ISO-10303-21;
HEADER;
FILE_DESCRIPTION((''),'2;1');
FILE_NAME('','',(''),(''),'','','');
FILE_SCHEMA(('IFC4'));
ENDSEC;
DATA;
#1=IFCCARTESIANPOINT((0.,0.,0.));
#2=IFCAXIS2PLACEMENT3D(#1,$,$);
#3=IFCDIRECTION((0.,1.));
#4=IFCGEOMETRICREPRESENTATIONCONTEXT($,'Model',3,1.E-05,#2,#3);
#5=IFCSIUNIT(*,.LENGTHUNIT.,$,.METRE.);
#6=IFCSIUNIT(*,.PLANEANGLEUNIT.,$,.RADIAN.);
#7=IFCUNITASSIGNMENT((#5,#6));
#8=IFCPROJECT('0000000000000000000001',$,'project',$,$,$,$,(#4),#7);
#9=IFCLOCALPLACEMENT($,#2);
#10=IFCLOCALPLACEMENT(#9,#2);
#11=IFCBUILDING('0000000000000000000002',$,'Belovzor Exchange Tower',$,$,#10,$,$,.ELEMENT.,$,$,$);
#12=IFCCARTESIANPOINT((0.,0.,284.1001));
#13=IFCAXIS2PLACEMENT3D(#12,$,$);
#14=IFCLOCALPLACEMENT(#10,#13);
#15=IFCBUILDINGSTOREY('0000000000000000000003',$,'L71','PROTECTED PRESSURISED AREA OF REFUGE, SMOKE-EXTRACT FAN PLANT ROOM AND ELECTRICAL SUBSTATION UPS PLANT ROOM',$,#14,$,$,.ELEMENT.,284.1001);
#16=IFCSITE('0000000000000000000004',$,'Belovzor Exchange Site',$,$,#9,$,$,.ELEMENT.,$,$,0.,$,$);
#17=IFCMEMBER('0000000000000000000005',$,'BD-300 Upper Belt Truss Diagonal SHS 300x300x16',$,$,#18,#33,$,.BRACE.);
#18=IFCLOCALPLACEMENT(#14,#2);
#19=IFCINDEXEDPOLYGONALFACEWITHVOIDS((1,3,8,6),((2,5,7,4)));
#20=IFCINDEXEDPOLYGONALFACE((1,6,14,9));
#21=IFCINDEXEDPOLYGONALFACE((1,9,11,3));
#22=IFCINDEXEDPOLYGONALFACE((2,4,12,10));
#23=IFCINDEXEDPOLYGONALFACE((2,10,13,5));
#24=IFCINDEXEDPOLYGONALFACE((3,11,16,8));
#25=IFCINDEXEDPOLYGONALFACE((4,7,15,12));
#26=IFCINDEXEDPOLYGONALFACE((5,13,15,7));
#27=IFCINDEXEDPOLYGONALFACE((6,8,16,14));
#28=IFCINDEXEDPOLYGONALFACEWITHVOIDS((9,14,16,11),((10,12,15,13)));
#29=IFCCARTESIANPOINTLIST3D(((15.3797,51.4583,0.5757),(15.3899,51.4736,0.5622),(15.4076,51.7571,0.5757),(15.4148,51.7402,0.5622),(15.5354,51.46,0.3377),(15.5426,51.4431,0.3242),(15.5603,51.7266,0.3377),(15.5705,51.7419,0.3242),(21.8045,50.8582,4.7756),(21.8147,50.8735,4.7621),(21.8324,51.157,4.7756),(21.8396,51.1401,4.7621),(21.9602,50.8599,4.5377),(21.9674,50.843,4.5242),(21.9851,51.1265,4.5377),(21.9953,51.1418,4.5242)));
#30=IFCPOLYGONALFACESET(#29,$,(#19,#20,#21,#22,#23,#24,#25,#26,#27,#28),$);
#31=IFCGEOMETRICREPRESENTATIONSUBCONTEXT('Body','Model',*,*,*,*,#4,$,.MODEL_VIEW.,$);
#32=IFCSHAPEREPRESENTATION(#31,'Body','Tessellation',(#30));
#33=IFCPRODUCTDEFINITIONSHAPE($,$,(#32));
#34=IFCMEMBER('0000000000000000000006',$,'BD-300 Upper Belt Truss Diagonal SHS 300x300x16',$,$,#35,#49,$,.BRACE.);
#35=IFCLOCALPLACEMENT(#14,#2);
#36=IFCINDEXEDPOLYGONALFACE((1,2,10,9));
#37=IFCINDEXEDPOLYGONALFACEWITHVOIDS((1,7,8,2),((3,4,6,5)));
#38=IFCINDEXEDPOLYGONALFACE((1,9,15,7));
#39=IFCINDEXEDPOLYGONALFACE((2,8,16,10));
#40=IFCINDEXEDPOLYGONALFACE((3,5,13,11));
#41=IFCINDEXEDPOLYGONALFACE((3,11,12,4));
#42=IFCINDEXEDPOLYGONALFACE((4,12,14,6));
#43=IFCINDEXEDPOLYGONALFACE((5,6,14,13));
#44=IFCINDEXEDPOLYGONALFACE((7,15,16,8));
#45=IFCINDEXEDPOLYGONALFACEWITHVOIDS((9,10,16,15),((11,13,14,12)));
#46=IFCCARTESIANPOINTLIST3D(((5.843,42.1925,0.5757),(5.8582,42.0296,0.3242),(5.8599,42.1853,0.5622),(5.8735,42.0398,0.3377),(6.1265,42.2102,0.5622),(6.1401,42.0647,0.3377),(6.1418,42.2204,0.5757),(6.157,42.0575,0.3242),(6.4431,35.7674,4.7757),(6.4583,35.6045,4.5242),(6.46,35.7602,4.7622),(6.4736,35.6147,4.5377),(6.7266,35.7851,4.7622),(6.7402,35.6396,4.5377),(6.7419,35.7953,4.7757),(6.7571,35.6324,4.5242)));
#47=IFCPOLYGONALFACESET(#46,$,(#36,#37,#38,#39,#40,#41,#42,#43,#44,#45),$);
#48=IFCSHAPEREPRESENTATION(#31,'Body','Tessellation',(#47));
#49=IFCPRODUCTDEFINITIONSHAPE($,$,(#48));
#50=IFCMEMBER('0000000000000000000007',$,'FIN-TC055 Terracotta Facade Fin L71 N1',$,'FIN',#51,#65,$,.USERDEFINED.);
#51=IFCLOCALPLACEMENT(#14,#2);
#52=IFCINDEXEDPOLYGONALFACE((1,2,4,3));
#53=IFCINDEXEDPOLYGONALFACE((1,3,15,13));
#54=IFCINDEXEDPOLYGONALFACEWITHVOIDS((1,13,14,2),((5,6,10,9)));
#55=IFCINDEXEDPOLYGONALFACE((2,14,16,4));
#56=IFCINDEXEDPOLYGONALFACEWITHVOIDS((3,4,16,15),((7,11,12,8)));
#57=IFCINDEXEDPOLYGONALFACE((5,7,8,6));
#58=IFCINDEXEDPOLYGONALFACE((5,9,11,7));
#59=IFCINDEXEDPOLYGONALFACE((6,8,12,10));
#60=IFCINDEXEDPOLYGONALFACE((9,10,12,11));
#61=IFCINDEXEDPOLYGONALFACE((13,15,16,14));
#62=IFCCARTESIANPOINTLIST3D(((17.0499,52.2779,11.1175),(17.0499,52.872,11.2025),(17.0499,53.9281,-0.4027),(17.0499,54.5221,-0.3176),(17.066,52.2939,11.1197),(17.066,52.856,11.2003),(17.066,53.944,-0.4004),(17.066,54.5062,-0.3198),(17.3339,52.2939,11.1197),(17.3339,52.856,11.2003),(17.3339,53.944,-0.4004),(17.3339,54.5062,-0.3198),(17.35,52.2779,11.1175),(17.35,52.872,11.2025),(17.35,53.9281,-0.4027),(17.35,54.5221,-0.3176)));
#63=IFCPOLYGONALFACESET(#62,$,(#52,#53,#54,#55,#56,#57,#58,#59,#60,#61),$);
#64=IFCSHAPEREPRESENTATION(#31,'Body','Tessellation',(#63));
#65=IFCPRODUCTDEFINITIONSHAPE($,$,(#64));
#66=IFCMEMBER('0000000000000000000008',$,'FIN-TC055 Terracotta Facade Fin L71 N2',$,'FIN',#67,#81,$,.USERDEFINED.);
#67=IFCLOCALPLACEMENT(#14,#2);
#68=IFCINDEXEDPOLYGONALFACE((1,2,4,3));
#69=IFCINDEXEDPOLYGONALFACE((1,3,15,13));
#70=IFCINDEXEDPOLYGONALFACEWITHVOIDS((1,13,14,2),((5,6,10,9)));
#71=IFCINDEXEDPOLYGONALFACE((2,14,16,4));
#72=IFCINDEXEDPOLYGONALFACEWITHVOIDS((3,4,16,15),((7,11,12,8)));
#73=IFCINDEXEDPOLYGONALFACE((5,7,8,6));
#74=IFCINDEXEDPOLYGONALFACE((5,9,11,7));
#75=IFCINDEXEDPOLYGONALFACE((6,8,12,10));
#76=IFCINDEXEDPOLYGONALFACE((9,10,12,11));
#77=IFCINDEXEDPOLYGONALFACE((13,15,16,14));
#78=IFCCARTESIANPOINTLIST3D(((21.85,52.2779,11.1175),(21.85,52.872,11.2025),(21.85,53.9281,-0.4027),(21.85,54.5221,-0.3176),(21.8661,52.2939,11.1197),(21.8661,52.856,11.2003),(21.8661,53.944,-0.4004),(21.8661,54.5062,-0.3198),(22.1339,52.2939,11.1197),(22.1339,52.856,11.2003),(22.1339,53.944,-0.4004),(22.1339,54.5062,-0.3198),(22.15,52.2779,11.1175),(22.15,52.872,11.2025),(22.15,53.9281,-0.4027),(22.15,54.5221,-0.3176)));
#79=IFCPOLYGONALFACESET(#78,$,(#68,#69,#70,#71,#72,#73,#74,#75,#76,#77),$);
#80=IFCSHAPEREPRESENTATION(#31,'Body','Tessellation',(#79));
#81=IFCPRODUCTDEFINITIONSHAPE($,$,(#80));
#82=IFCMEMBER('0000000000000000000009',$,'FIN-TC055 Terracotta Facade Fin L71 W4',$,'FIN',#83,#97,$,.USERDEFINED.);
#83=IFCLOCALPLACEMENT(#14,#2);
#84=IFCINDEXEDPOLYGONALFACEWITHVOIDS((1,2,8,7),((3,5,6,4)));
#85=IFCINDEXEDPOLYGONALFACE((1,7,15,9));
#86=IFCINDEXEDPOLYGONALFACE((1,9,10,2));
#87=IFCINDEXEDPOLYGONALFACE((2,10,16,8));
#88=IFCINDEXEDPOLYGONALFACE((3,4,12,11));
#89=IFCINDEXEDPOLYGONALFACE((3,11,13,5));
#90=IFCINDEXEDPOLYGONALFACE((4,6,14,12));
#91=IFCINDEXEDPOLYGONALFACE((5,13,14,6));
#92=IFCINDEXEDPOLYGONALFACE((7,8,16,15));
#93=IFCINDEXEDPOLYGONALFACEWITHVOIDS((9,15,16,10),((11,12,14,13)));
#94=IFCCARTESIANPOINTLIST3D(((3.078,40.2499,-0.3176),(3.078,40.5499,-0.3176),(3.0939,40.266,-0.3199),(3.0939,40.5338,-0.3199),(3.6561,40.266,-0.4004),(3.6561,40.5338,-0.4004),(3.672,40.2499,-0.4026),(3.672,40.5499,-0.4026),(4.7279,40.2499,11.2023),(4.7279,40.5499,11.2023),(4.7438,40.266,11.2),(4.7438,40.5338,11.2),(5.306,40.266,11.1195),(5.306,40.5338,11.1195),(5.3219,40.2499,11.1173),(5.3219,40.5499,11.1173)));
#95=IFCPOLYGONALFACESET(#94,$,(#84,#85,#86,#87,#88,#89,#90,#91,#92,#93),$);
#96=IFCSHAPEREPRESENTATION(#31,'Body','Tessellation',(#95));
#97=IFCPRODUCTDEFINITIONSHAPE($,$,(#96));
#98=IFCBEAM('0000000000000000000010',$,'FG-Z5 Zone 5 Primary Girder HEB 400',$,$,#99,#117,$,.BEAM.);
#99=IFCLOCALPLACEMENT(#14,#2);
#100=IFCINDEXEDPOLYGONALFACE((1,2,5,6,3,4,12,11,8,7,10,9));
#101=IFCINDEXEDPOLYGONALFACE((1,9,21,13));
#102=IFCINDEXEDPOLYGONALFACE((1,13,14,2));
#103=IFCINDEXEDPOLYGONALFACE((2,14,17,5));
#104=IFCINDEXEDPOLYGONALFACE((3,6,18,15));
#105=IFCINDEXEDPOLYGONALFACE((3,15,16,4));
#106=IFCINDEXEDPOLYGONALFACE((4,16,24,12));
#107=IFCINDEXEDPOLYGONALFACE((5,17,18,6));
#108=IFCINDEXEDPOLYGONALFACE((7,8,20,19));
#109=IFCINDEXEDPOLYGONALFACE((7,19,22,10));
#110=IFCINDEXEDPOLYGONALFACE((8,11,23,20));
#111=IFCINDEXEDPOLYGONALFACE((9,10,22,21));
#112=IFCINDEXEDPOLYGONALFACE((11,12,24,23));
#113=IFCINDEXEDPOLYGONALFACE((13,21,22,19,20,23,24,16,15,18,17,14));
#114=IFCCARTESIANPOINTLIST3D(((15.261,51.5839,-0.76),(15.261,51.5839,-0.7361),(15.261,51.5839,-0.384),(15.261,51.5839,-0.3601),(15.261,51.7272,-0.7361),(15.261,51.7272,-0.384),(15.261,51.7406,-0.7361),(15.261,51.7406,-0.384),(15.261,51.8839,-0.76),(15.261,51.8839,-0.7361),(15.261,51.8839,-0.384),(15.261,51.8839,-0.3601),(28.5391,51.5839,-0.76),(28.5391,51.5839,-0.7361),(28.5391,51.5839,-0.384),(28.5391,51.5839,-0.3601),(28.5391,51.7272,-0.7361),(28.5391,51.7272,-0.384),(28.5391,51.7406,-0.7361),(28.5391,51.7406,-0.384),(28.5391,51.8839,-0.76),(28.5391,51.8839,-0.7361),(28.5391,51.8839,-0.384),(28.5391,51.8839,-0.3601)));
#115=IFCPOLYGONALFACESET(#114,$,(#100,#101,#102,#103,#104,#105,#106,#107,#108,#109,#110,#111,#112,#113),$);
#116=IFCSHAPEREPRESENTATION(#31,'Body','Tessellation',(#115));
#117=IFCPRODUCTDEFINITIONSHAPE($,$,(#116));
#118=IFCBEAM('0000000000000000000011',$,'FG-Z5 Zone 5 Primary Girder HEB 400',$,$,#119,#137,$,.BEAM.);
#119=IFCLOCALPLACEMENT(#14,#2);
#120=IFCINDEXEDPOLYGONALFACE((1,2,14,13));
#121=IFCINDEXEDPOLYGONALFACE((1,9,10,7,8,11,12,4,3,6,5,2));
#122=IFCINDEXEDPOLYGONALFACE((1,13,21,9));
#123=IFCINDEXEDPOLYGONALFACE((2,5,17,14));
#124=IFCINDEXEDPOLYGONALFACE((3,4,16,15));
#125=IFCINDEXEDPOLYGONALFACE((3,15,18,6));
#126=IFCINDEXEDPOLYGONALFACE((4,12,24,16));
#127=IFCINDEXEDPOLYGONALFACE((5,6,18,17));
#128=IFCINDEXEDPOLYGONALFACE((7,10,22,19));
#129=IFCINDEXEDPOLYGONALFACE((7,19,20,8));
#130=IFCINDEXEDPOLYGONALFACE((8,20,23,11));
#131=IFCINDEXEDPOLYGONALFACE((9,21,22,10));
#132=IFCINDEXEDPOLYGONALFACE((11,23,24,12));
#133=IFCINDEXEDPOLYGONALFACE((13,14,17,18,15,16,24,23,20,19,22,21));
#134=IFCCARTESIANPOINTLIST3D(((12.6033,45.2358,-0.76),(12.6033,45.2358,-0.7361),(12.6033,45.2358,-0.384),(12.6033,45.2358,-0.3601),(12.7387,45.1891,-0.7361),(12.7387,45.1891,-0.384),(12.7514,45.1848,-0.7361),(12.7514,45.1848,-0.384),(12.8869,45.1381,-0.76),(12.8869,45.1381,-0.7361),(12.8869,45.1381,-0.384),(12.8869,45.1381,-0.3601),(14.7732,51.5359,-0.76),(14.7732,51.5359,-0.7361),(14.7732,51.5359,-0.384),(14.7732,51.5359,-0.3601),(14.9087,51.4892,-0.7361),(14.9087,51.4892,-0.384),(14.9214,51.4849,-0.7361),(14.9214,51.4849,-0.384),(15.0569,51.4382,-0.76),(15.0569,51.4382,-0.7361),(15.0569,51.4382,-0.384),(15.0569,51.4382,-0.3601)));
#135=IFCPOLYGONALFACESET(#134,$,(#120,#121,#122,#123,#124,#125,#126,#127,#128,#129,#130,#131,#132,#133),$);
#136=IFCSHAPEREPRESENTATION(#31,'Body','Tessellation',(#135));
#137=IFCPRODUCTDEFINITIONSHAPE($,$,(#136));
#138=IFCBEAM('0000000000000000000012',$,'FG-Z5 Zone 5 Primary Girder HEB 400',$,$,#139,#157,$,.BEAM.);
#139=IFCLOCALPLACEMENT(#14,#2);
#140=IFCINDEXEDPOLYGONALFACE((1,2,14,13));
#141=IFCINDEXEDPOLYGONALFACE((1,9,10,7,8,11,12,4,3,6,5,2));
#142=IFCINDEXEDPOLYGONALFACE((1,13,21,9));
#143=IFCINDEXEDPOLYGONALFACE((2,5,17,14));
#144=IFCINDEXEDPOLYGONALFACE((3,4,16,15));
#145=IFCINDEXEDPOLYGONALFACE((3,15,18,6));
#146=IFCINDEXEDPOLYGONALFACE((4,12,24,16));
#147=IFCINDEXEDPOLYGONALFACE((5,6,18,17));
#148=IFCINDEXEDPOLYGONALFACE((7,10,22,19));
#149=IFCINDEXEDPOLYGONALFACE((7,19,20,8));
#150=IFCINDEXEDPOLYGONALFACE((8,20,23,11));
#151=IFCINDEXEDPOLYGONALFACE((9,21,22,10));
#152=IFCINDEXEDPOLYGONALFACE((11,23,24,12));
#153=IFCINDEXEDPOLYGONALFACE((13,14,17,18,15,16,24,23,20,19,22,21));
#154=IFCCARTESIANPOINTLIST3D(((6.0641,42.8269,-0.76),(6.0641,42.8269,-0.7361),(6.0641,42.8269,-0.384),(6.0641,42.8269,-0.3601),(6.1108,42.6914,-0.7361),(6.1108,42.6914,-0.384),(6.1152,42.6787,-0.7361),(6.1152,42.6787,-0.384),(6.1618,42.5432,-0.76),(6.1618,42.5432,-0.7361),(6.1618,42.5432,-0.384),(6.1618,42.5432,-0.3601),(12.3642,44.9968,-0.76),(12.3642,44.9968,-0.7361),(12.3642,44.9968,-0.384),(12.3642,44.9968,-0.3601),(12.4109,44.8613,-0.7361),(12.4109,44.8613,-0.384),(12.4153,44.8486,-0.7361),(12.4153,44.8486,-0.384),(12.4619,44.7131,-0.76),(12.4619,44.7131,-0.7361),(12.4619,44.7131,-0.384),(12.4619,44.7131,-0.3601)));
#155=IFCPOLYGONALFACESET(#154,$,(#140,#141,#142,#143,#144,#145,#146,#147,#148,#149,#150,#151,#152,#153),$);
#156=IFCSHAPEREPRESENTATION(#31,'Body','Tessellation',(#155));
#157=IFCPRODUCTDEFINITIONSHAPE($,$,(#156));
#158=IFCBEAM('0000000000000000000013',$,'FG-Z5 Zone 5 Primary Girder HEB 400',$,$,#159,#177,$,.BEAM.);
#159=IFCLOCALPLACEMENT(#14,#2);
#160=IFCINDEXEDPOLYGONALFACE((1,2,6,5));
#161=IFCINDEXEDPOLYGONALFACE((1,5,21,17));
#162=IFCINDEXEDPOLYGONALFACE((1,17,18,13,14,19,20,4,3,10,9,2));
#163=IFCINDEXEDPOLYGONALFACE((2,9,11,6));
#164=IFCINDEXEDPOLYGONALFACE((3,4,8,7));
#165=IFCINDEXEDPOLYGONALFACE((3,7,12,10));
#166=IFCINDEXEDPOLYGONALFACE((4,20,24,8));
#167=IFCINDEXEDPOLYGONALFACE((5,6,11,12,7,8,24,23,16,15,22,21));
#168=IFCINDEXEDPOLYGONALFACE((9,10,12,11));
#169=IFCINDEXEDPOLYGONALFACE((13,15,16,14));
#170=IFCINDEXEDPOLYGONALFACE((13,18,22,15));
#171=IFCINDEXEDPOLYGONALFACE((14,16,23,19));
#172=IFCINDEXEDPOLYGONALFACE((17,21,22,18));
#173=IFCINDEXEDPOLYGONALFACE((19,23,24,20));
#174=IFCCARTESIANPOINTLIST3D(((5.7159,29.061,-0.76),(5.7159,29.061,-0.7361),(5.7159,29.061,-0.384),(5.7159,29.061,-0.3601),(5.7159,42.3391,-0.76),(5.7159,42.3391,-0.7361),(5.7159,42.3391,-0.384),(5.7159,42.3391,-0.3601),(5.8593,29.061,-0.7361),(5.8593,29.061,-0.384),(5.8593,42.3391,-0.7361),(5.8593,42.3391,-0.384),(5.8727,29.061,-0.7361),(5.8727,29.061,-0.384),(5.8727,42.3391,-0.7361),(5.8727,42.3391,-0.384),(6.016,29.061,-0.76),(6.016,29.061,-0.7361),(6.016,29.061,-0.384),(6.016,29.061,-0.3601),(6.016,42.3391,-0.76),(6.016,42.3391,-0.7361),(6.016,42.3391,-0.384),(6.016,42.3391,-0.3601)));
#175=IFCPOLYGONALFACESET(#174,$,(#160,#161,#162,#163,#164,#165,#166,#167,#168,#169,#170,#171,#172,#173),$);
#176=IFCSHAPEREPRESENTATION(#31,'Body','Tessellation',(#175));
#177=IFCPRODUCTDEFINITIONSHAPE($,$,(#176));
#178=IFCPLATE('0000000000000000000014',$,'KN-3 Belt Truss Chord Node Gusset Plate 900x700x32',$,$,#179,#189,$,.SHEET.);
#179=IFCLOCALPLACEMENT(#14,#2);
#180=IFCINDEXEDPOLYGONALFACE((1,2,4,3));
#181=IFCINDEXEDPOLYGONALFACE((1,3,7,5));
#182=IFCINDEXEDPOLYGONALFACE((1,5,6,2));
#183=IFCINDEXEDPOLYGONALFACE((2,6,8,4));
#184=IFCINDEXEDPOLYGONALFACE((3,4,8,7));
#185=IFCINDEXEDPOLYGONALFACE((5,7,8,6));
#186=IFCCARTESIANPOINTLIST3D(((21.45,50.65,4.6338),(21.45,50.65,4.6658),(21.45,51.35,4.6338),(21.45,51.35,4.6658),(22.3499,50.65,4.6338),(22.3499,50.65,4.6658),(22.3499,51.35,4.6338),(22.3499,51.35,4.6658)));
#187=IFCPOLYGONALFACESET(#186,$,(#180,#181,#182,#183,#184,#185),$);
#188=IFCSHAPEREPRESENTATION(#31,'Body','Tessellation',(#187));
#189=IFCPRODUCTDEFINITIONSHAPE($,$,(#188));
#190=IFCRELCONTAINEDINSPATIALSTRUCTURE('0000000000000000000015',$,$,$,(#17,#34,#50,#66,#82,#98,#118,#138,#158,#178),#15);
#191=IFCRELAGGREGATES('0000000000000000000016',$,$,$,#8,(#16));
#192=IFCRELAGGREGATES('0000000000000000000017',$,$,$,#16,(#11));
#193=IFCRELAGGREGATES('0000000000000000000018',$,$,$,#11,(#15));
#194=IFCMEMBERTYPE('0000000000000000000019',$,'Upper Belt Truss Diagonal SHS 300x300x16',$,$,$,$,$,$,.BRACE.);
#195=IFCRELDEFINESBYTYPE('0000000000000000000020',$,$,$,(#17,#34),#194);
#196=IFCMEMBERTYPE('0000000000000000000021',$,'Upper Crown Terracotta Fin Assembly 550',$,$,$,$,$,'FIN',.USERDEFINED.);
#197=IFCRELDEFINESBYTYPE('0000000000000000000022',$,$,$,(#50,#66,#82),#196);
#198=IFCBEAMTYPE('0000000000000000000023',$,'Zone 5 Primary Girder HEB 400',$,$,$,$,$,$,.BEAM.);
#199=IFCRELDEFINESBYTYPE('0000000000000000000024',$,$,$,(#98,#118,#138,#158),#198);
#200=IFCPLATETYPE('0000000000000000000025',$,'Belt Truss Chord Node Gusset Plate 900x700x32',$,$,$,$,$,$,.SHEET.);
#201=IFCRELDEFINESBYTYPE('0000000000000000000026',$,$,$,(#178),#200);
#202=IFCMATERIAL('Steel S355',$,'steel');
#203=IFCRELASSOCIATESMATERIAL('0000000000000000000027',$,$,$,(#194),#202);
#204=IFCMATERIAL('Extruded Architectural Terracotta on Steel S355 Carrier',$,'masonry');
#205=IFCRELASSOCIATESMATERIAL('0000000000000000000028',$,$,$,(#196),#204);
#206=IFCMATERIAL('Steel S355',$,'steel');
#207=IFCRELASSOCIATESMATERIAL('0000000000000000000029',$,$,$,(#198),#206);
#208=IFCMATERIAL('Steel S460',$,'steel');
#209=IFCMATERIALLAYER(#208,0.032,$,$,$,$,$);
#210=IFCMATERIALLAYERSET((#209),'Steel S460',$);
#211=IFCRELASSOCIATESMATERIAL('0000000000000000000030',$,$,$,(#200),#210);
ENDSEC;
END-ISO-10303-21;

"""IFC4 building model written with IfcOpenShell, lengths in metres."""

from ifc_helpers import new_model, si_unit, direction, frame, origin, origin_2d, place, context, subcontext, project, spatial, rectangle, hollow_rectangle, i_section, extrude, material, layer, layer_set, material_profile, profile_set, type_object, element, save


model = new_model("IFC4")

# Units and contexts
model_context = context("Model", 3, precision=1e-05, world=origin(), true_north=direction((0.0, 1.0)))
body_context = subcontext(model_context, "Body", "Model", "MODEL_VIEW")
ifc_project = project(units=[si_unit("LENGTHUNIT", "METRE"), si_unit("PLANEANGLEUNIT", "RADIAN")], contexts=[model_context])

# Site, building, storey
site_placement = place(None, origin())
site = spatial("IfcSite", under=ifc_project, at=site_placement, Name="Belovzor Exchange Site", CompositionType="ELEMENT", RefElevation=0.0)
building_placement = place(site_placement, origin())
building = spatial("IfcBuilding", under=site, at=building_placement, Name="Belovzor Exchange Tower", CompositionType="ELEMENT")
storey_placement = place(building_placement, frame((0.0, 0.0, 284.1001)))
storey = spatial("IfcBuildingStorey", under=building, at=storey_placement, Name="L71", Description="PROTECTED PRESSURISED AREA OF REFUGE, SMOKE-EXTRACT FAN PLANT ROOM AND ELECTRICAL SUBSTATION UPS PLANT ROOM", CompositionType="ELEMENT", Elevation=284.1001)

# Members
ifc_material_1 = material(Name="Steel S355", Category="steel")
ifc_material_profile_1 = material_profile(ifc_material_1, hollow_rectangle(XDim=0.3, YDim=0.3, WallThickness=0.0161, at=origin_2d()))
ifc_profile_set_1 = profile_set([ifc_material_profile_1], Name="Steel S355")
member_type_1 = type_object("IfcMemberType", Name="Upper Belt Truss Diagonal SHS 300x300x16", PredefinedType="BRACE", material=ifc_profile_set_1)
member_1_placement = place(storey_placement, frame((21.8999, 51.0, 4.6499), z_axis=(-0.834476, 0.077943, -0.545504), x_axis=(-0.092998, -0.995666, 0.0)))
element("IfcMember", 1, at=member_1_placement, inside=storey, type_object=member_type_1, Name="BD-300 Upper Belt Truss Diagonal SHS 300x300x16", PredefinedType="BRACE", context=body_context, shape_type="SweptSolid", body=[
    extrude(hollow_rectangle(XDim=0.3, YDim=0.3, WallThickness=0.0161, at=origin_2d()), origin(), (0.0, 0.0, 1.0), 7.6992),
])
member_2_placement = place(storey_placement, frame((6.0, 42.125, 0.45), z_axis=(0.077941, -0.834486, 0.54549), x_axis=(0.995667, 0.092995, 0.0)))
element("IfcMember", 2, at=member_2_placement, inside=storey, type_object=member_type_1, Name="BD-300 Upper Belt Truss Diagonal SHS 300x300x16", PredefinedType="BRACE", context=body_context, shape_type="SweptSolid", body=[
    extrude(hollow_rectangle(XDim=0.3, YDim=0.3, WallThickness=0.0161, at=origin_2d()), origin(), (0.0, 0.0, 1.0), 7.6995),
])
ifc_material_2 = material(Name="Extruded Architectural Terracotta on Steel S355 Carrier", Category="masonry")
ifc_material_profile_2 = material_profile(ifc_material_2, hollow_rectangle(XDim=0.3, YDim=0.6001, WallThickness=0.0161, at=origin_2d()))
ifc_profile_set_2 = profile_set([ifc_material_profile_2], Name="Extruded Architectural Terracotta on Steel S355 Carrier")
member_type_2 = type_object("IfcMemberType", Name="Upper Crown Terracotta Fin Assembly 550", ElementType="FIN", PredefinedType="USERDEFINED", material=ifc_profile_set_2)
for number, where, z_axis, x_axis, name in (
    (3, (17.2, 54.2251, -0.3601), (0.0, -0.141794, 0.989896), (1.0, 0.0, 0.0), "FIN-TC055 Terracotta Facade Fin L71 N1"),
    (4, (22.0, 54.2251, -0.3601), (0.0, -0.141794, 0.989896), (1.0, 0.0, 0.0), "FIN-TC055 Terracotta Facade Fin L71 N2"),
):
    element("IfcMember", number, at=place(storey_placement, frame(where, z_axis=z_axis, x_axis=x_axis)), inside=storey, type_object=member_type_2, Name=name, ObjectType="FIN", PredefinedType="USERDEFINED", context=body_context, shape_type="SweptSolid", body=[
        extrude(hollow_rectangle(XDim=0.3, YDim=0.6001, WallThickness=0.0161, at=origin_2d()), origin(), (0.0, 0.0, 1.0), 11.6377),
    ])
member_3_placement = place(storey_placement, frame((3.375, 40.3999, -0.3601), z_axis=(0.141774, 0.0, 0.989899), x_axis=(0.0, 1.0, 0.0)))
element("IfcMember", 5, at=member_3_placement, inside=storey, type_object=member_type_2, Name="FIN-TC055 Terracotta Facade Fin L71 W4", ObjectType="FIN", PredefinedType="USERDEFINED", context=body_context, shape_type="SweptSolid", body=[
    extrude(hollow_rectangle(XDim=0.3, YDim=0.6001, WallThickness=0.0161, at=origin_2d()), origin(), (0.0, 0.0, 1.0), 11.6375),
])

# Beams
ifc_material_3 = material(Name="Steel S355", Category="steel")
ifc_material_profile_3 = material_profile(ifc_material_3, i_section(OverallWidth=0.3, OverallDepth=0.3999, WebThickness=0.0134, FlangeThickness=0.0239, at=origin_2d()))
ifc_profile_set_3 = profile_set([ifc_material_profile_3], Name="Steel S355")
beam_type_1 = type_object("IfcBeamType", Name="Zone 5 Primary Girder HEB 400", PredefinedType="BEAM", material=ifc_profile_set_3)
beam_1_placement = place(storey_placement, frame((28.5391, 51.7339, -0.5601), z_axis=(-1.0, 0.0, 0.0), x_axis=(0.0, -1.0, 0.0)))
element("IfcBeam", 6, at=beam_1_placement, inside=storey, type_object=beam_type_1, Name="FG-Z5 Zone 5 Primary Girder HEB 400", PredefinedType="BEAM", context=body_context, shape_type="SweptSolid", body=[
    extrude(i_section(OverallWidth=0.3, OverallDepth=0.3999, WebThickness=0.0134, FlangeThickness=0.0239, at=origin_2d()), origin(), (0.0, 0.0, 1.0), 13.2781),
])
for number, where, z_axis, x_axis, name in (
    (7, (14.915, 51.4871, -0.5601), (-0.325654, -0.945489, 0.0), (0.945489, -0.325654, 0.0), "FG-Z5 Zone 5 Primary Girder HEB 400"),
    (8, (12.4131, 44.855, -0.5601), (-0.945489, -0.325654, 0.0), (0.325654, -0.945489, 0.0), "FG-Z5 Zone 5 Primary Girder HEB 400"),
):
    element("IfcBeam", number, at=place(storey_placement, frame(where, z_axis=z_axis, x_axis=x_axis)), inside=storey, type_object=beam_type_1, Name=name, PredefinedType="BEAM", context=body_context, shape_type="SweptSolid", body=[
        extrude(i_section(OverallWidth=0.3, OverallDepth=0.3999, WebThickness=0.0134, FlangeThickness=0.0239, at=origin_2d()), origin(), (0.0, 0.0, 1.0), 6.6633),
    ])
beam_2_placement = place(storey_placement, frame((5.866, 42.3391, -0.5601), z_axis=(0.0, -1.0, 0.0), x_axis=(1.0, 0.0, 0.0)))
element("IfcBeam", 9, at=beam_2_placement, inside=storey, type_object=beam_type_1, Name="FG-Z5 Zone 5 Primary Girder HEB 400", PredefinedType="BEAM", context=body_context, shape_type="SweptSolid", body=[
    extrude(i_section(OverallWidth=0.3, OverallDepth=0.3999, WebThickness=0.0134, FlangeThickness=0.0239, at=origin_2d()), origin(), (0.0, 0.0, 1.0), 13.2781),
])

# Plate
ifc_material_4 = material(Name="Steel S460", Category="steel")
ifc_layer_1 = layer(ifc_material_4, 0.032)
ifc_layer_set_1 = layer_set([ifc_layer_1], Name="Steel S460")
plate_type_1 = type_object("IfcPlateType", Name="Belt Truss Chord Node Gusset Plate 900x700x32", PredefinedType="SHEET", material=ifc_layer_set_1)
plate_placement = place(storey_placement, frame((21.8999, 51.0, 4.6338), z_axis=(0.0, 0.0, 1.0), x_axis=(1.0, 0.0, 0.0)))
element("IfcPlate", 10, at=plate_placement, inside=storey, type_object=plate_type_1, Name="KN-3 Belt Truss Chord Node Gusset Plate 900x700x32", PredefinedType="SHEET", context=body_context, shape_type="SweptSolid", body=[
    extrude(rectangle(XDim=0.8999, YDim=0.7, at=origin_2d()), origin(), (0.0, 0.0, 1.0), 0.032),
])

save(model, "model.ifc")
